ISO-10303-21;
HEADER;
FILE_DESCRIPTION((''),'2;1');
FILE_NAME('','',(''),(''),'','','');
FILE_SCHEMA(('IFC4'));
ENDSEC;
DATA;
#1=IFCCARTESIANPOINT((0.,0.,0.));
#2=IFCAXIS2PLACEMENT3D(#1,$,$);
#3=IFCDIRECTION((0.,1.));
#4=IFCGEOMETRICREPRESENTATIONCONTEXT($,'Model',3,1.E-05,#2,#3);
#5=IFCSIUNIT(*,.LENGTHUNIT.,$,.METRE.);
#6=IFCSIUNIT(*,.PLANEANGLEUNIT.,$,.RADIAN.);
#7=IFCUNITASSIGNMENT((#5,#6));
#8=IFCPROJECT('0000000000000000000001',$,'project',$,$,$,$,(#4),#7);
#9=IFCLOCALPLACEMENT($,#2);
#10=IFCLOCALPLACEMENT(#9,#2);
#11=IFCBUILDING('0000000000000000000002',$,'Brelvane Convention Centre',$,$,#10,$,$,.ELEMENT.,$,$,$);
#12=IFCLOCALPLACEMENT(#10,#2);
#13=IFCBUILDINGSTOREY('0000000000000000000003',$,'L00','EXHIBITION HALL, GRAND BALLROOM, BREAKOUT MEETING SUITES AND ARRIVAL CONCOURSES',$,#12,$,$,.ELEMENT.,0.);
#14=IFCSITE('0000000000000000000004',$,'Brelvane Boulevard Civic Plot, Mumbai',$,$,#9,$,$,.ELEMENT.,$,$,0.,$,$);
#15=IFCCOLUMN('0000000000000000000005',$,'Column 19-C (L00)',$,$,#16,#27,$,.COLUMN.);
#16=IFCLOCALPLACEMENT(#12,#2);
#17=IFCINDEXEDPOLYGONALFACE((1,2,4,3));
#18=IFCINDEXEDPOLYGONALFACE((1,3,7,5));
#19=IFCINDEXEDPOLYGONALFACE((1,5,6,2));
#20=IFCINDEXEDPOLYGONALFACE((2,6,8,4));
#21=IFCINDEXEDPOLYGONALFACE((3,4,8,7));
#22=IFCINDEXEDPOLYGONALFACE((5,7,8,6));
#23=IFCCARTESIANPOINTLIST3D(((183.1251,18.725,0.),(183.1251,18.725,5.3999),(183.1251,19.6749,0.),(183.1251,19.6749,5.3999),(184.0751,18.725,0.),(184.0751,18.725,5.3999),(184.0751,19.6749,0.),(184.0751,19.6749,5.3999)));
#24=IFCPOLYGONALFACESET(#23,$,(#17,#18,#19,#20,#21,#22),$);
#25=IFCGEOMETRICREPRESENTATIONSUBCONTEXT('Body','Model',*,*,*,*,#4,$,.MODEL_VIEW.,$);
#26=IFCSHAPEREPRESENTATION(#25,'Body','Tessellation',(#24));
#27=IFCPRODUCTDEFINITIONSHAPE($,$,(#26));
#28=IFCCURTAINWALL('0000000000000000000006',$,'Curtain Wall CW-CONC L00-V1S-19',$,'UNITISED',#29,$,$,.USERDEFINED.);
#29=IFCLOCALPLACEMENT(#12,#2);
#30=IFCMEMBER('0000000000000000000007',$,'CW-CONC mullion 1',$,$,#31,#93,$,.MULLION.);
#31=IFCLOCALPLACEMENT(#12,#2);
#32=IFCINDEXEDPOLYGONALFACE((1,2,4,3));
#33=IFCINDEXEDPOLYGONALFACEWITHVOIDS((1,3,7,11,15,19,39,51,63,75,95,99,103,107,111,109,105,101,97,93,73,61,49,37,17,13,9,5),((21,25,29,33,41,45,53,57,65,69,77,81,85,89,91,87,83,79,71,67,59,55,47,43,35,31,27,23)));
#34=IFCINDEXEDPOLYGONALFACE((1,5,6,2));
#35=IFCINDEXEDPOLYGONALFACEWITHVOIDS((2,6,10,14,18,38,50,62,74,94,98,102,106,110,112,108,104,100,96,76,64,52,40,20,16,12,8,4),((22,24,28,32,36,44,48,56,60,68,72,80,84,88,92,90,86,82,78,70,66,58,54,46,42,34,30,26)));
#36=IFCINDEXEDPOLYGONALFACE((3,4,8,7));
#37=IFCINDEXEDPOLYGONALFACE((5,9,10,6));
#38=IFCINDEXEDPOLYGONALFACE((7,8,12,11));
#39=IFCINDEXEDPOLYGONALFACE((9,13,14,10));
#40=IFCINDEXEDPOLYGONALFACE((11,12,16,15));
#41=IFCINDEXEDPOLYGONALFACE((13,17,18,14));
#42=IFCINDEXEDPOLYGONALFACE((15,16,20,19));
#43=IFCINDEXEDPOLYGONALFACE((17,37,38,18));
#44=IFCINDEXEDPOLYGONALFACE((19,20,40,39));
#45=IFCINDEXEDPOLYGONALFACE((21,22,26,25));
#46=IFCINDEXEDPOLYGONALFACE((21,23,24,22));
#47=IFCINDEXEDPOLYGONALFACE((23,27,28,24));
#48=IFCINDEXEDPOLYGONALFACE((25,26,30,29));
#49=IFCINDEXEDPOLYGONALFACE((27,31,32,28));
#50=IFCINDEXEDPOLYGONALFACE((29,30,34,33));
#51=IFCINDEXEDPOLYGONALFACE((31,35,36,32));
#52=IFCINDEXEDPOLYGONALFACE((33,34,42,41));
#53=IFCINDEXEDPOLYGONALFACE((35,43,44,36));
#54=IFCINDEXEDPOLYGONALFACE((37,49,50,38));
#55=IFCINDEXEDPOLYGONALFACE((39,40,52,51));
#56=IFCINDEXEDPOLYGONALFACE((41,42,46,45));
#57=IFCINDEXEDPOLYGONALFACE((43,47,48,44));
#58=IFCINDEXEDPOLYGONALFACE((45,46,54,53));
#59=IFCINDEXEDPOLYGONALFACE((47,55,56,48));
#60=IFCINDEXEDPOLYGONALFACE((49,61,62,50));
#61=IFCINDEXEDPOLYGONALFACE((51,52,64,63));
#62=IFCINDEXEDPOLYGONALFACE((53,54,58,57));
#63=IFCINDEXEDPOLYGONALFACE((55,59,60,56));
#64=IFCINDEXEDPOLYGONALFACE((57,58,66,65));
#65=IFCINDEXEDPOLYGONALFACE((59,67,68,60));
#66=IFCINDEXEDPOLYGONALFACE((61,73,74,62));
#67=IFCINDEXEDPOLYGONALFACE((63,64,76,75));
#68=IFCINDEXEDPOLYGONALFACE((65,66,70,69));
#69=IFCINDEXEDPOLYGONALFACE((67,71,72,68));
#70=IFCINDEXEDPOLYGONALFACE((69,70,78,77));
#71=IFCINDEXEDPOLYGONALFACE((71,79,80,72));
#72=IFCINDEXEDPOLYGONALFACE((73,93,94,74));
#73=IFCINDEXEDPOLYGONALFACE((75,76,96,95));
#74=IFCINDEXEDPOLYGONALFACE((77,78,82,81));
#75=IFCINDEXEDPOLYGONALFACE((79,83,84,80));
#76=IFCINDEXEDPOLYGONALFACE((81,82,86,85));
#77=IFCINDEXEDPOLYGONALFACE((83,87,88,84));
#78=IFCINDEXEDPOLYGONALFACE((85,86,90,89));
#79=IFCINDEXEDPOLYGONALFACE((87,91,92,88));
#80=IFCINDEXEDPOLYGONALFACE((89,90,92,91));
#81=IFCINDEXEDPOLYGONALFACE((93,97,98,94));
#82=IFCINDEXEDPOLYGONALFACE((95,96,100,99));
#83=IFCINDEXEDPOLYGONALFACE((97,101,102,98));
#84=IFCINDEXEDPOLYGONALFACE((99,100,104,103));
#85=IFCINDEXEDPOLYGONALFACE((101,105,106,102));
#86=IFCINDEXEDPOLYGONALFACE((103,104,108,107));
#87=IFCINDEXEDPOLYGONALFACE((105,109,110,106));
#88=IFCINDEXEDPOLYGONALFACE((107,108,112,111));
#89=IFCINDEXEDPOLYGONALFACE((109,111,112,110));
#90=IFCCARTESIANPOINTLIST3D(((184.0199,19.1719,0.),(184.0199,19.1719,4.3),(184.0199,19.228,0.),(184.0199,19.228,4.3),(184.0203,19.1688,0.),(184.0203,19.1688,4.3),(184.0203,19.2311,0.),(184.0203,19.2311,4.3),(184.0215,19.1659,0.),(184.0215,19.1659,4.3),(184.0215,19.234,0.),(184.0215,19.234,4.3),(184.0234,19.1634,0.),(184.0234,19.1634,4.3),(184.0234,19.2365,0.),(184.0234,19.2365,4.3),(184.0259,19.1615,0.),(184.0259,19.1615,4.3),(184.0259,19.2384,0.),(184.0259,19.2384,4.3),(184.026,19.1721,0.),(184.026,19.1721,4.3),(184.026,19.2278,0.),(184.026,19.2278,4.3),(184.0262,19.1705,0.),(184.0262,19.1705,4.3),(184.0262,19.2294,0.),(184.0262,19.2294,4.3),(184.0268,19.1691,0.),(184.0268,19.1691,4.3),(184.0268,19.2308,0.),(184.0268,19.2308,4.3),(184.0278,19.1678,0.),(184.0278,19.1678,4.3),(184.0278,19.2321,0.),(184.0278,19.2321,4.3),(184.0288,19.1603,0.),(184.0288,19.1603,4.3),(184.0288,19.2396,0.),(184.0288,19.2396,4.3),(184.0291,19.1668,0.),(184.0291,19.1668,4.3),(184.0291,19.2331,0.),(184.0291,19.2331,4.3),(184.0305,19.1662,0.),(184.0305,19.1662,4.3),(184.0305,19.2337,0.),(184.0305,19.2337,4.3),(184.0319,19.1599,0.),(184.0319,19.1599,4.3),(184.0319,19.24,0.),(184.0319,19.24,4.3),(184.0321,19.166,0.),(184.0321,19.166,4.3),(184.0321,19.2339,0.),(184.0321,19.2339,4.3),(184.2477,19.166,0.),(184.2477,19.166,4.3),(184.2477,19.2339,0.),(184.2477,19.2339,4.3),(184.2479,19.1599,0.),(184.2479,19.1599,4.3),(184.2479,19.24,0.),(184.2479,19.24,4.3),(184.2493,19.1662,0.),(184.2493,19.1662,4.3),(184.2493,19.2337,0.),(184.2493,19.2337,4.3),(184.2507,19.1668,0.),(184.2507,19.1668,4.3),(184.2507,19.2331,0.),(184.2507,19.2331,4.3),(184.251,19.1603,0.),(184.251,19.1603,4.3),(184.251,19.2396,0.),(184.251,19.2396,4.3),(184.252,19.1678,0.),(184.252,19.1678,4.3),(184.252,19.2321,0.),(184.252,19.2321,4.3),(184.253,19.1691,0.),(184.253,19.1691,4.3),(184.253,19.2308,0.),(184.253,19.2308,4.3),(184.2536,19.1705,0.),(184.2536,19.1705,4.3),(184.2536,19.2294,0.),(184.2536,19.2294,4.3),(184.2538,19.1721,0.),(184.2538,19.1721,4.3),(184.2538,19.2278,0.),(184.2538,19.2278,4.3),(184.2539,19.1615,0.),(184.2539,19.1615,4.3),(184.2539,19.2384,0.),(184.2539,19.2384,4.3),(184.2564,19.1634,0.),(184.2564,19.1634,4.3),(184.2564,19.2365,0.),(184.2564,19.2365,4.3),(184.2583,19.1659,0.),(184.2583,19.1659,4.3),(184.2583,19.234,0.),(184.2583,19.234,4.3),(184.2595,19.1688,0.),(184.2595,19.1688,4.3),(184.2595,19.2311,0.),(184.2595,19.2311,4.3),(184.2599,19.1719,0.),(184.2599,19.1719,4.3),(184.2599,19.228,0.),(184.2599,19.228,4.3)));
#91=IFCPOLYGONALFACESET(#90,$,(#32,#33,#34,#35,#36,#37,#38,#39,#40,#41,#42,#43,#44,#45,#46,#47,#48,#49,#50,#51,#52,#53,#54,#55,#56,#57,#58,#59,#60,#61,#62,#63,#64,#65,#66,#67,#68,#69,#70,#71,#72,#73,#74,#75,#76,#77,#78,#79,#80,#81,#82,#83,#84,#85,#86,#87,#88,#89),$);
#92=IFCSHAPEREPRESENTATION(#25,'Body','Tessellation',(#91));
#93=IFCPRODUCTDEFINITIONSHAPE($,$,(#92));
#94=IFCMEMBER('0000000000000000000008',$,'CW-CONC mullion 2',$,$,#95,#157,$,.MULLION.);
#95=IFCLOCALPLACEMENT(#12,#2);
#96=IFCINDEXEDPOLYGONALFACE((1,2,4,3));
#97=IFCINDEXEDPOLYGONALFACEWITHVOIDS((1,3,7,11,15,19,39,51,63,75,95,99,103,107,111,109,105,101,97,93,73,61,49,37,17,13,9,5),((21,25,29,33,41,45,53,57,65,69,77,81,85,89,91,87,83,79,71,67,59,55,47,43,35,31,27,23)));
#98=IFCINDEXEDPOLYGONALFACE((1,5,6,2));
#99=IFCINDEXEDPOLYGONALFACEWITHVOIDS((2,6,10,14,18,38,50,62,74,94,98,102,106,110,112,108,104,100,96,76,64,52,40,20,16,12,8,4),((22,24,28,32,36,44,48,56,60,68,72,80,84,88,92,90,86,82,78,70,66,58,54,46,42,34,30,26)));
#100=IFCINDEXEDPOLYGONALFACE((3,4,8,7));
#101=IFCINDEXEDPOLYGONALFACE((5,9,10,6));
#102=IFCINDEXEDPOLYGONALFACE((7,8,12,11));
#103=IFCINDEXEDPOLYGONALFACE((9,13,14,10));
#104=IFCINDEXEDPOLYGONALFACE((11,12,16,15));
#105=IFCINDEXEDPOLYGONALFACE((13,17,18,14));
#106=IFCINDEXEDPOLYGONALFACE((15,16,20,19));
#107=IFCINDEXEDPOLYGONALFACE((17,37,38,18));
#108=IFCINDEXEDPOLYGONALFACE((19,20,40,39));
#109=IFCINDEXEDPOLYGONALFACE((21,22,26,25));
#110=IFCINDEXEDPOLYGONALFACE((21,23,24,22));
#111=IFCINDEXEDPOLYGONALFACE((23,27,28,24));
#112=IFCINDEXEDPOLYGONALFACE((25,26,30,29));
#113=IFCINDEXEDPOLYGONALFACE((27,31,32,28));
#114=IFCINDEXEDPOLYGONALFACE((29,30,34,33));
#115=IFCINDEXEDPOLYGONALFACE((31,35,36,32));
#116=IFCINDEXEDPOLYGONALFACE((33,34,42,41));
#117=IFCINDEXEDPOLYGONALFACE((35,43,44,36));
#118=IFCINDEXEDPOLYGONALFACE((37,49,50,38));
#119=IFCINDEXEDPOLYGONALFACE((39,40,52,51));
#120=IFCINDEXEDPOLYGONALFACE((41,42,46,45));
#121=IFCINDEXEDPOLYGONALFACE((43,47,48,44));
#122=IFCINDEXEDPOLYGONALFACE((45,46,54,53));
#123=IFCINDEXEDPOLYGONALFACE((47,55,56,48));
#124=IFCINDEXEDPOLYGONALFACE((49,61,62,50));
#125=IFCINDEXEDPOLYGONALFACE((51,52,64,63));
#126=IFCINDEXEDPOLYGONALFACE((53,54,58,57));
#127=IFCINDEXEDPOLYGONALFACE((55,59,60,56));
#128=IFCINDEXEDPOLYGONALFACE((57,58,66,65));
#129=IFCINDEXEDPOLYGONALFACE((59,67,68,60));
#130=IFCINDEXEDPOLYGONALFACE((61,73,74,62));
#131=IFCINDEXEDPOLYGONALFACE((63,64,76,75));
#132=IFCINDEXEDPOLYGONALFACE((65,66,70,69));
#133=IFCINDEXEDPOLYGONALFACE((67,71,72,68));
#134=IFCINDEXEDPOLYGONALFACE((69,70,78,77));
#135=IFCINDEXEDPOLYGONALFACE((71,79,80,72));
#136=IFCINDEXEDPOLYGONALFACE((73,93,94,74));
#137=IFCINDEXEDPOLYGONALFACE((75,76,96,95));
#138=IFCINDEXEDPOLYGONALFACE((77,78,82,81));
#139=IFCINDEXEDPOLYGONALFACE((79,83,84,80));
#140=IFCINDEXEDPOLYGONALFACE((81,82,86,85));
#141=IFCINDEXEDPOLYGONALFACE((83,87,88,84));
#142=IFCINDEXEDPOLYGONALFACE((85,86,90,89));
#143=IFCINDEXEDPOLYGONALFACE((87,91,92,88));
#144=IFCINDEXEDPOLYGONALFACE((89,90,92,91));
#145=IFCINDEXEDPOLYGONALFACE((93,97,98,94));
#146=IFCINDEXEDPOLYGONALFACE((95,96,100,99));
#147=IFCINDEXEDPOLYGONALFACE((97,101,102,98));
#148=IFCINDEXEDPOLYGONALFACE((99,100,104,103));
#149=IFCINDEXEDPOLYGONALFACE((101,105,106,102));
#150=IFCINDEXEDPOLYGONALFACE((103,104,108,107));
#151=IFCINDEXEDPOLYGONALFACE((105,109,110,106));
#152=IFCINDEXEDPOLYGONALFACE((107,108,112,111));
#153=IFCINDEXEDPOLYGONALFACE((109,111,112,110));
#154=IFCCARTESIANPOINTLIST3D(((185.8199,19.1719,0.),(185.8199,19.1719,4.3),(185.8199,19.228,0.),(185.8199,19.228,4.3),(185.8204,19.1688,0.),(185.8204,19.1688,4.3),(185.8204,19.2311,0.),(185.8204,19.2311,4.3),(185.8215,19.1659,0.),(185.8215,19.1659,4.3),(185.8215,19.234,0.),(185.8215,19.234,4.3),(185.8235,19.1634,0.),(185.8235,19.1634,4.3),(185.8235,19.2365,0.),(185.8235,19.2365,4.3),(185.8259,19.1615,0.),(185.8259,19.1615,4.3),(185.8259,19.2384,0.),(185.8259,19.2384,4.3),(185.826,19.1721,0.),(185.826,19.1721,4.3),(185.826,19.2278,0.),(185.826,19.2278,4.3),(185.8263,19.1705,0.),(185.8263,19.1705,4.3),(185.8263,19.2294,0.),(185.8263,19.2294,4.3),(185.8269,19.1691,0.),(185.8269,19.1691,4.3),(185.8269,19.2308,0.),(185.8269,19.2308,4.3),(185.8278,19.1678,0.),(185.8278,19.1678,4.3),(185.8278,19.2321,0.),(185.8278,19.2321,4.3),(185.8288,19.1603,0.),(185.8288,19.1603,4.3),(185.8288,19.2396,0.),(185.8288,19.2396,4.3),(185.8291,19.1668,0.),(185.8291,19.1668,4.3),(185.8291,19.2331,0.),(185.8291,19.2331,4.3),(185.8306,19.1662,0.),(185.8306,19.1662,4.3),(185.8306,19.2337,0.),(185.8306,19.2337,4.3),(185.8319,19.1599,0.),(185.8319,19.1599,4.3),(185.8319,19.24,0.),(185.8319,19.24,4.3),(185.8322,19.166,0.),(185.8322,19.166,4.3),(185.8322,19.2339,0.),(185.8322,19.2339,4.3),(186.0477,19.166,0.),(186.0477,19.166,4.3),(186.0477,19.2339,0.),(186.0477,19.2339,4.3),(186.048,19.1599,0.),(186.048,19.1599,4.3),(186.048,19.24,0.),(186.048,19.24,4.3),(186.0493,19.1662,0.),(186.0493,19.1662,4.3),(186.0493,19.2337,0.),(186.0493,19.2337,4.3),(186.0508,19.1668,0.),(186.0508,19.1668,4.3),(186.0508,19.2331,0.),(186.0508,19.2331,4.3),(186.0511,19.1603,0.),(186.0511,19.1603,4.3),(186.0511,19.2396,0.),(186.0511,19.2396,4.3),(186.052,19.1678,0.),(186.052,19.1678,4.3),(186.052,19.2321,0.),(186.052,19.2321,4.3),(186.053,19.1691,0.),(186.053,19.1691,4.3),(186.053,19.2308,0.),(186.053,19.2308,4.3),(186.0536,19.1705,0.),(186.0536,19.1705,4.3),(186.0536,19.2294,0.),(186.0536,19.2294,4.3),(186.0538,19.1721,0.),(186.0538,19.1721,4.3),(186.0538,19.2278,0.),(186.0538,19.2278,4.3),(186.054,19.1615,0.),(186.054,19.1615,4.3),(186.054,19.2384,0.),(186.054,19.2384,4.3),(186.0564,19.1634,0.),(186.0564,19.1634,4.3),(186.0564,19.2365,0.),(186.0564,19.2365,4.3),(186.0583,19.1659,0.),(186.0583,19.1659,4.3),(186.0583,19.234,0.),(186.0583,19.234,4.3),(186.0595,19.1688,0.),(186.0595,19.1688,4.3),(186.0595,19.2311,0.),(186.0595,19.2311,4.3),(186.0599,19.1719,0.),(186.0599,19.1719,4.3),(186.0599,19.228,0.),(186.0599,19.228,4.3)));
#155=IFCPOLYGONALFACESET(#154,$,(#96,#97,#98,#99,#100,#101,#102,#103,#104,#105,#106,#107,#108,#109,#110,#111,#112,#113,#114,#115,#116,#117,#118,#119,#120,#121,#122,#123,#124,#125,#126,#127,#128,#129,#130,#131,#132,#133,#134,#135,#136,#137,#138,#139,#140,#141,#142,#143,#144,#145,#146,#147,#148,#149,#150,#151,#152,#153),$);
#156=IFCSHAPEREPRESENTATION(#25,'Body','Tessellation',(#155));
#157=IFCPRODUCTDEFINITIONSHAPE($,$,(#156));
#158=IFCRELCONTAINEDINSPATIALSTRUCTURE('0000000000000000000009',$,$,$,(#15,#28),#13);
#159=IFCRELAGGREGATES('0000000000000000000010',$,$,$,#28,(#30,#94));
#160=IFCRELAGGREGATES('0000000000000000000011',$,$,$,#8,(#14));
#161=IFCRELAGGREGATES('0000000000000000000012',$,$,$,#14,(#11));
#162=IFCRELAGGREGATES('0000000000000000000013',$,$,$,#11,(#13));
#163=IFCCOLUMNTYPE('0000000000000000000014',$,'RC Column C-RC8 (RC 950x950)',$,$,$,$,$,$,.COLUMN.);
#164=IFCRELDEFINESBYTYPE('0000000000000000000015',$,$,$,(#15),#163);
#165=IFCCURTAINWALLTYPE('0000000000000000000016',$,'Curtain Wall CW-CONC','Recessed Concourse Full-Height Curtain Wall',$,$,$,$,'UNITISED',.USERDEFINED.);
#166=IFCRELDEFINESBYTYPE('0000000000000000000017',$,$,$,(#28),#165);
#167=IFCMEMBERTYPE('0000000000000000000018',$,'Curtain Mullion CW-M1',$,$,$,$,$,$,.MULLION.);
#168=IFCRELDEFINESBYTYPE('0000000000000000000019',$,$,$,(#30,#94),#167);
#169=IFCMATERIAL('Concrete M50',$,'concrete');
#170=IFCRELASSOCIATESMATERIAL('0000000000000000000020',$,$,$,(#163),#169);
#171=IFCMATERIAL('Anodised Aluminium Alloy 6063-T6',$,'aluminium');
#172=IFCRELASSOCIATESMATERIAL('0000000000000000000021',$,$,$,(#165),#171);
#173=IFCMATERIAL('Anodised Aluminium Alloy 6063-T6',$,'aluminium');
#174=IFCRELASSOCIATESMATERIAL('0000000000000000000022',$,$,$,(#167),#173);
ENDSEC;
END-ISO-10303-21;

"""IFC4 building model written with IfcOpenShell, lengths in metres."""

from ifc_helpers import new_model, si_unit, direction, frame, origin, origin_2d, place, context, subcontext, project, spatial, rectangle, hollow_rectangle, extrude, material, material_profile, profile_set, type_object, element, aggregate, save


model = new_model("IFC4")

# Units and contexts
model_context = context("Model", 3, precision=1e-05, world=origin(), true_north=direction((0.0, 1.0)))
body_context = subcontext(model_context, "Body", "Model", "MODEL_VIEW")
ifc_project = project(units=[si_unit("LENGTHUNIT", "METRE"), si_unit("PLANEANGLEUNIT", "RADIAN")], contexts=[model_context])

# Site, building, storey
site_placement = place(None, origin())
site = spatial("IfcSite", under=ifc_project, at=site_placement, Name="Brelvane Boulevard Civic Plot, Mumbai", CompositionType="ELEMENT", RefElevation=0.0)
building_placement = place(site_placement, origin())
building = spatial("IfcBuilding", under=site, at=building_placement, Name="Brelvane Convention Centre", CompositionType="ELEMENT")
storey_placement = place(building_placement, origin())
storey = spatial("IfcBuildingStorey", under=building, at=storey_placement, Name="L00", Description="EXHIBITION HALL, GRAND BALLROOM, BREAKOUT MEETING SUITES AND ARRIVAL CONCOURSES", CompositionType="ELEMENT", Elevation=0.0)

# Column
ifc_material_1 = material(Name="Concrete M50", Category="concrete")
ifc_material_profile_1 = material_profile(ifc_material_1, rectangle(XDim=0.95, YDim=0.95, at=origin_2d()), Name="RC 950x950")
ifc_profile_set_1 = profile_set([ifc_material_profile_1], Name="Concrete M50")
column_type = type_object("IfcColumnType", Name="RC Column C-RC8 (RC 950x950)", PredefinedType="COLUMN", material=ifc_profile_set_1)
column_placement = place(storey_placement, frame((183.6001, 19.2, 0.0), z_axis=(0.0, 0.0, 1.0), x_axis=(1.0, 0.0, 0.0)))
element("IfcColumn", 1, at=column_placement, inside=storey, type_object=column_type, Name="Column 19-C (L00)", PredefinedType="COLUMN", context=body_context, shape_type="SweptSolid", body=[
    extrude(rectangle(XDim=0.95, YDim=0.95, at=origin_2d()), origin(), (0.0, 0.0, 1.0), 5.3999),
])

# Curtain wall, members
ifc_material_2 = material(Name="Anodised Aluminium Alloy 6063-T6", Category="aluminium")
curtain_wall_type = type_object("IfcCurtainWallType", Name="Curtain Wall CW-CONC", Description="Recessed Concourse Full-Height Curtain Wall", ElementType="UNITISED", PredefinedType="USERDEFINED", material=ifc_material_2)
curtain_wall_placement = place(storey_placement, origin())
curtain_wall = element("IfcCurtainWall", 2, at=curtain_wall_placement, inside=storey, type_object=curtain_wall_type, Name="Curtain Wall CW-CONC L00-V1S-19", ObjectType="UNITISED", PredefinedType="USERDEFINED")
ifc_material_3 = material(Name="Anodised Aluminium Alloy 6063-T6", Category="aluminium")
ifc_material_profile_2 = material_profile(ifc_material_3, hollow_rectangle(XDim=0.0801, YDim=0.24, WallThickness=0.0061, InnerFilletRadius=0.0061, OuterFilletRadius=0.012, at=origin_2d()), Name="ALU-M 240x80x6.0")
ifc_profile_set_2 = profile_set([ifc_material_profile_2], Name="Anodised Aluminium Alloy 6063-T6")
member_type_1 = type_object("IfcMemberType", Name="Curtain Mullion CW-M1", PredefinedType="MULLION", material=ifc_profile_set_2)
member_1_placement = place(storey_placement, frame((184.1399, 19.2, 0.0), z_axis=(0.0, 0.0, 1.0), x_axis=(0.0, 1.0, 0.0)))
member_1 = element("IfcMember", 3, at=member_1_placement, type_object=member_type_1, Name="CW-CONC mullion 1", PredefinedType="MULLION", context=body_context, shape_type="SweptSolid", body=[
    extrude(hollow_rectangle(XDim=0.0801, YDim=0.24, WallThickness=0.0061, InnerFilletRadius=0.0061, OuterFilletRadius=0.012, at=origin_2d()), origin(), (0.0, 0.0, 1.0), 4.3),
])
member_2_placement = place(storey_placement, frame((185.9399, 19.2, 0.0), z_axis=(0.0, 0.0, 1.0), x_axis=(0.0, 1.0, 0.0)))
member_2 = element("IfcMember", 4, at=member_2_placement, type_object=member_type_1, Name="CW-CONC mullion 2", PredefinedType="MULLION", context=body_context, shape_type="SweptSolid", body=[
    extrude(hollow_rectangle(XDim=0.0801, YDim=0.24, WallThickness=0.0061, InnerFilletRadius=0.0061, OuterFilletRadius=0.012, at=origin_2d()), origin(), (0.0, 0.0, 1.0), 4.3),
])

aggregate(curtain_wall, [member_1, member_2])

save(model, "model.ifc")
